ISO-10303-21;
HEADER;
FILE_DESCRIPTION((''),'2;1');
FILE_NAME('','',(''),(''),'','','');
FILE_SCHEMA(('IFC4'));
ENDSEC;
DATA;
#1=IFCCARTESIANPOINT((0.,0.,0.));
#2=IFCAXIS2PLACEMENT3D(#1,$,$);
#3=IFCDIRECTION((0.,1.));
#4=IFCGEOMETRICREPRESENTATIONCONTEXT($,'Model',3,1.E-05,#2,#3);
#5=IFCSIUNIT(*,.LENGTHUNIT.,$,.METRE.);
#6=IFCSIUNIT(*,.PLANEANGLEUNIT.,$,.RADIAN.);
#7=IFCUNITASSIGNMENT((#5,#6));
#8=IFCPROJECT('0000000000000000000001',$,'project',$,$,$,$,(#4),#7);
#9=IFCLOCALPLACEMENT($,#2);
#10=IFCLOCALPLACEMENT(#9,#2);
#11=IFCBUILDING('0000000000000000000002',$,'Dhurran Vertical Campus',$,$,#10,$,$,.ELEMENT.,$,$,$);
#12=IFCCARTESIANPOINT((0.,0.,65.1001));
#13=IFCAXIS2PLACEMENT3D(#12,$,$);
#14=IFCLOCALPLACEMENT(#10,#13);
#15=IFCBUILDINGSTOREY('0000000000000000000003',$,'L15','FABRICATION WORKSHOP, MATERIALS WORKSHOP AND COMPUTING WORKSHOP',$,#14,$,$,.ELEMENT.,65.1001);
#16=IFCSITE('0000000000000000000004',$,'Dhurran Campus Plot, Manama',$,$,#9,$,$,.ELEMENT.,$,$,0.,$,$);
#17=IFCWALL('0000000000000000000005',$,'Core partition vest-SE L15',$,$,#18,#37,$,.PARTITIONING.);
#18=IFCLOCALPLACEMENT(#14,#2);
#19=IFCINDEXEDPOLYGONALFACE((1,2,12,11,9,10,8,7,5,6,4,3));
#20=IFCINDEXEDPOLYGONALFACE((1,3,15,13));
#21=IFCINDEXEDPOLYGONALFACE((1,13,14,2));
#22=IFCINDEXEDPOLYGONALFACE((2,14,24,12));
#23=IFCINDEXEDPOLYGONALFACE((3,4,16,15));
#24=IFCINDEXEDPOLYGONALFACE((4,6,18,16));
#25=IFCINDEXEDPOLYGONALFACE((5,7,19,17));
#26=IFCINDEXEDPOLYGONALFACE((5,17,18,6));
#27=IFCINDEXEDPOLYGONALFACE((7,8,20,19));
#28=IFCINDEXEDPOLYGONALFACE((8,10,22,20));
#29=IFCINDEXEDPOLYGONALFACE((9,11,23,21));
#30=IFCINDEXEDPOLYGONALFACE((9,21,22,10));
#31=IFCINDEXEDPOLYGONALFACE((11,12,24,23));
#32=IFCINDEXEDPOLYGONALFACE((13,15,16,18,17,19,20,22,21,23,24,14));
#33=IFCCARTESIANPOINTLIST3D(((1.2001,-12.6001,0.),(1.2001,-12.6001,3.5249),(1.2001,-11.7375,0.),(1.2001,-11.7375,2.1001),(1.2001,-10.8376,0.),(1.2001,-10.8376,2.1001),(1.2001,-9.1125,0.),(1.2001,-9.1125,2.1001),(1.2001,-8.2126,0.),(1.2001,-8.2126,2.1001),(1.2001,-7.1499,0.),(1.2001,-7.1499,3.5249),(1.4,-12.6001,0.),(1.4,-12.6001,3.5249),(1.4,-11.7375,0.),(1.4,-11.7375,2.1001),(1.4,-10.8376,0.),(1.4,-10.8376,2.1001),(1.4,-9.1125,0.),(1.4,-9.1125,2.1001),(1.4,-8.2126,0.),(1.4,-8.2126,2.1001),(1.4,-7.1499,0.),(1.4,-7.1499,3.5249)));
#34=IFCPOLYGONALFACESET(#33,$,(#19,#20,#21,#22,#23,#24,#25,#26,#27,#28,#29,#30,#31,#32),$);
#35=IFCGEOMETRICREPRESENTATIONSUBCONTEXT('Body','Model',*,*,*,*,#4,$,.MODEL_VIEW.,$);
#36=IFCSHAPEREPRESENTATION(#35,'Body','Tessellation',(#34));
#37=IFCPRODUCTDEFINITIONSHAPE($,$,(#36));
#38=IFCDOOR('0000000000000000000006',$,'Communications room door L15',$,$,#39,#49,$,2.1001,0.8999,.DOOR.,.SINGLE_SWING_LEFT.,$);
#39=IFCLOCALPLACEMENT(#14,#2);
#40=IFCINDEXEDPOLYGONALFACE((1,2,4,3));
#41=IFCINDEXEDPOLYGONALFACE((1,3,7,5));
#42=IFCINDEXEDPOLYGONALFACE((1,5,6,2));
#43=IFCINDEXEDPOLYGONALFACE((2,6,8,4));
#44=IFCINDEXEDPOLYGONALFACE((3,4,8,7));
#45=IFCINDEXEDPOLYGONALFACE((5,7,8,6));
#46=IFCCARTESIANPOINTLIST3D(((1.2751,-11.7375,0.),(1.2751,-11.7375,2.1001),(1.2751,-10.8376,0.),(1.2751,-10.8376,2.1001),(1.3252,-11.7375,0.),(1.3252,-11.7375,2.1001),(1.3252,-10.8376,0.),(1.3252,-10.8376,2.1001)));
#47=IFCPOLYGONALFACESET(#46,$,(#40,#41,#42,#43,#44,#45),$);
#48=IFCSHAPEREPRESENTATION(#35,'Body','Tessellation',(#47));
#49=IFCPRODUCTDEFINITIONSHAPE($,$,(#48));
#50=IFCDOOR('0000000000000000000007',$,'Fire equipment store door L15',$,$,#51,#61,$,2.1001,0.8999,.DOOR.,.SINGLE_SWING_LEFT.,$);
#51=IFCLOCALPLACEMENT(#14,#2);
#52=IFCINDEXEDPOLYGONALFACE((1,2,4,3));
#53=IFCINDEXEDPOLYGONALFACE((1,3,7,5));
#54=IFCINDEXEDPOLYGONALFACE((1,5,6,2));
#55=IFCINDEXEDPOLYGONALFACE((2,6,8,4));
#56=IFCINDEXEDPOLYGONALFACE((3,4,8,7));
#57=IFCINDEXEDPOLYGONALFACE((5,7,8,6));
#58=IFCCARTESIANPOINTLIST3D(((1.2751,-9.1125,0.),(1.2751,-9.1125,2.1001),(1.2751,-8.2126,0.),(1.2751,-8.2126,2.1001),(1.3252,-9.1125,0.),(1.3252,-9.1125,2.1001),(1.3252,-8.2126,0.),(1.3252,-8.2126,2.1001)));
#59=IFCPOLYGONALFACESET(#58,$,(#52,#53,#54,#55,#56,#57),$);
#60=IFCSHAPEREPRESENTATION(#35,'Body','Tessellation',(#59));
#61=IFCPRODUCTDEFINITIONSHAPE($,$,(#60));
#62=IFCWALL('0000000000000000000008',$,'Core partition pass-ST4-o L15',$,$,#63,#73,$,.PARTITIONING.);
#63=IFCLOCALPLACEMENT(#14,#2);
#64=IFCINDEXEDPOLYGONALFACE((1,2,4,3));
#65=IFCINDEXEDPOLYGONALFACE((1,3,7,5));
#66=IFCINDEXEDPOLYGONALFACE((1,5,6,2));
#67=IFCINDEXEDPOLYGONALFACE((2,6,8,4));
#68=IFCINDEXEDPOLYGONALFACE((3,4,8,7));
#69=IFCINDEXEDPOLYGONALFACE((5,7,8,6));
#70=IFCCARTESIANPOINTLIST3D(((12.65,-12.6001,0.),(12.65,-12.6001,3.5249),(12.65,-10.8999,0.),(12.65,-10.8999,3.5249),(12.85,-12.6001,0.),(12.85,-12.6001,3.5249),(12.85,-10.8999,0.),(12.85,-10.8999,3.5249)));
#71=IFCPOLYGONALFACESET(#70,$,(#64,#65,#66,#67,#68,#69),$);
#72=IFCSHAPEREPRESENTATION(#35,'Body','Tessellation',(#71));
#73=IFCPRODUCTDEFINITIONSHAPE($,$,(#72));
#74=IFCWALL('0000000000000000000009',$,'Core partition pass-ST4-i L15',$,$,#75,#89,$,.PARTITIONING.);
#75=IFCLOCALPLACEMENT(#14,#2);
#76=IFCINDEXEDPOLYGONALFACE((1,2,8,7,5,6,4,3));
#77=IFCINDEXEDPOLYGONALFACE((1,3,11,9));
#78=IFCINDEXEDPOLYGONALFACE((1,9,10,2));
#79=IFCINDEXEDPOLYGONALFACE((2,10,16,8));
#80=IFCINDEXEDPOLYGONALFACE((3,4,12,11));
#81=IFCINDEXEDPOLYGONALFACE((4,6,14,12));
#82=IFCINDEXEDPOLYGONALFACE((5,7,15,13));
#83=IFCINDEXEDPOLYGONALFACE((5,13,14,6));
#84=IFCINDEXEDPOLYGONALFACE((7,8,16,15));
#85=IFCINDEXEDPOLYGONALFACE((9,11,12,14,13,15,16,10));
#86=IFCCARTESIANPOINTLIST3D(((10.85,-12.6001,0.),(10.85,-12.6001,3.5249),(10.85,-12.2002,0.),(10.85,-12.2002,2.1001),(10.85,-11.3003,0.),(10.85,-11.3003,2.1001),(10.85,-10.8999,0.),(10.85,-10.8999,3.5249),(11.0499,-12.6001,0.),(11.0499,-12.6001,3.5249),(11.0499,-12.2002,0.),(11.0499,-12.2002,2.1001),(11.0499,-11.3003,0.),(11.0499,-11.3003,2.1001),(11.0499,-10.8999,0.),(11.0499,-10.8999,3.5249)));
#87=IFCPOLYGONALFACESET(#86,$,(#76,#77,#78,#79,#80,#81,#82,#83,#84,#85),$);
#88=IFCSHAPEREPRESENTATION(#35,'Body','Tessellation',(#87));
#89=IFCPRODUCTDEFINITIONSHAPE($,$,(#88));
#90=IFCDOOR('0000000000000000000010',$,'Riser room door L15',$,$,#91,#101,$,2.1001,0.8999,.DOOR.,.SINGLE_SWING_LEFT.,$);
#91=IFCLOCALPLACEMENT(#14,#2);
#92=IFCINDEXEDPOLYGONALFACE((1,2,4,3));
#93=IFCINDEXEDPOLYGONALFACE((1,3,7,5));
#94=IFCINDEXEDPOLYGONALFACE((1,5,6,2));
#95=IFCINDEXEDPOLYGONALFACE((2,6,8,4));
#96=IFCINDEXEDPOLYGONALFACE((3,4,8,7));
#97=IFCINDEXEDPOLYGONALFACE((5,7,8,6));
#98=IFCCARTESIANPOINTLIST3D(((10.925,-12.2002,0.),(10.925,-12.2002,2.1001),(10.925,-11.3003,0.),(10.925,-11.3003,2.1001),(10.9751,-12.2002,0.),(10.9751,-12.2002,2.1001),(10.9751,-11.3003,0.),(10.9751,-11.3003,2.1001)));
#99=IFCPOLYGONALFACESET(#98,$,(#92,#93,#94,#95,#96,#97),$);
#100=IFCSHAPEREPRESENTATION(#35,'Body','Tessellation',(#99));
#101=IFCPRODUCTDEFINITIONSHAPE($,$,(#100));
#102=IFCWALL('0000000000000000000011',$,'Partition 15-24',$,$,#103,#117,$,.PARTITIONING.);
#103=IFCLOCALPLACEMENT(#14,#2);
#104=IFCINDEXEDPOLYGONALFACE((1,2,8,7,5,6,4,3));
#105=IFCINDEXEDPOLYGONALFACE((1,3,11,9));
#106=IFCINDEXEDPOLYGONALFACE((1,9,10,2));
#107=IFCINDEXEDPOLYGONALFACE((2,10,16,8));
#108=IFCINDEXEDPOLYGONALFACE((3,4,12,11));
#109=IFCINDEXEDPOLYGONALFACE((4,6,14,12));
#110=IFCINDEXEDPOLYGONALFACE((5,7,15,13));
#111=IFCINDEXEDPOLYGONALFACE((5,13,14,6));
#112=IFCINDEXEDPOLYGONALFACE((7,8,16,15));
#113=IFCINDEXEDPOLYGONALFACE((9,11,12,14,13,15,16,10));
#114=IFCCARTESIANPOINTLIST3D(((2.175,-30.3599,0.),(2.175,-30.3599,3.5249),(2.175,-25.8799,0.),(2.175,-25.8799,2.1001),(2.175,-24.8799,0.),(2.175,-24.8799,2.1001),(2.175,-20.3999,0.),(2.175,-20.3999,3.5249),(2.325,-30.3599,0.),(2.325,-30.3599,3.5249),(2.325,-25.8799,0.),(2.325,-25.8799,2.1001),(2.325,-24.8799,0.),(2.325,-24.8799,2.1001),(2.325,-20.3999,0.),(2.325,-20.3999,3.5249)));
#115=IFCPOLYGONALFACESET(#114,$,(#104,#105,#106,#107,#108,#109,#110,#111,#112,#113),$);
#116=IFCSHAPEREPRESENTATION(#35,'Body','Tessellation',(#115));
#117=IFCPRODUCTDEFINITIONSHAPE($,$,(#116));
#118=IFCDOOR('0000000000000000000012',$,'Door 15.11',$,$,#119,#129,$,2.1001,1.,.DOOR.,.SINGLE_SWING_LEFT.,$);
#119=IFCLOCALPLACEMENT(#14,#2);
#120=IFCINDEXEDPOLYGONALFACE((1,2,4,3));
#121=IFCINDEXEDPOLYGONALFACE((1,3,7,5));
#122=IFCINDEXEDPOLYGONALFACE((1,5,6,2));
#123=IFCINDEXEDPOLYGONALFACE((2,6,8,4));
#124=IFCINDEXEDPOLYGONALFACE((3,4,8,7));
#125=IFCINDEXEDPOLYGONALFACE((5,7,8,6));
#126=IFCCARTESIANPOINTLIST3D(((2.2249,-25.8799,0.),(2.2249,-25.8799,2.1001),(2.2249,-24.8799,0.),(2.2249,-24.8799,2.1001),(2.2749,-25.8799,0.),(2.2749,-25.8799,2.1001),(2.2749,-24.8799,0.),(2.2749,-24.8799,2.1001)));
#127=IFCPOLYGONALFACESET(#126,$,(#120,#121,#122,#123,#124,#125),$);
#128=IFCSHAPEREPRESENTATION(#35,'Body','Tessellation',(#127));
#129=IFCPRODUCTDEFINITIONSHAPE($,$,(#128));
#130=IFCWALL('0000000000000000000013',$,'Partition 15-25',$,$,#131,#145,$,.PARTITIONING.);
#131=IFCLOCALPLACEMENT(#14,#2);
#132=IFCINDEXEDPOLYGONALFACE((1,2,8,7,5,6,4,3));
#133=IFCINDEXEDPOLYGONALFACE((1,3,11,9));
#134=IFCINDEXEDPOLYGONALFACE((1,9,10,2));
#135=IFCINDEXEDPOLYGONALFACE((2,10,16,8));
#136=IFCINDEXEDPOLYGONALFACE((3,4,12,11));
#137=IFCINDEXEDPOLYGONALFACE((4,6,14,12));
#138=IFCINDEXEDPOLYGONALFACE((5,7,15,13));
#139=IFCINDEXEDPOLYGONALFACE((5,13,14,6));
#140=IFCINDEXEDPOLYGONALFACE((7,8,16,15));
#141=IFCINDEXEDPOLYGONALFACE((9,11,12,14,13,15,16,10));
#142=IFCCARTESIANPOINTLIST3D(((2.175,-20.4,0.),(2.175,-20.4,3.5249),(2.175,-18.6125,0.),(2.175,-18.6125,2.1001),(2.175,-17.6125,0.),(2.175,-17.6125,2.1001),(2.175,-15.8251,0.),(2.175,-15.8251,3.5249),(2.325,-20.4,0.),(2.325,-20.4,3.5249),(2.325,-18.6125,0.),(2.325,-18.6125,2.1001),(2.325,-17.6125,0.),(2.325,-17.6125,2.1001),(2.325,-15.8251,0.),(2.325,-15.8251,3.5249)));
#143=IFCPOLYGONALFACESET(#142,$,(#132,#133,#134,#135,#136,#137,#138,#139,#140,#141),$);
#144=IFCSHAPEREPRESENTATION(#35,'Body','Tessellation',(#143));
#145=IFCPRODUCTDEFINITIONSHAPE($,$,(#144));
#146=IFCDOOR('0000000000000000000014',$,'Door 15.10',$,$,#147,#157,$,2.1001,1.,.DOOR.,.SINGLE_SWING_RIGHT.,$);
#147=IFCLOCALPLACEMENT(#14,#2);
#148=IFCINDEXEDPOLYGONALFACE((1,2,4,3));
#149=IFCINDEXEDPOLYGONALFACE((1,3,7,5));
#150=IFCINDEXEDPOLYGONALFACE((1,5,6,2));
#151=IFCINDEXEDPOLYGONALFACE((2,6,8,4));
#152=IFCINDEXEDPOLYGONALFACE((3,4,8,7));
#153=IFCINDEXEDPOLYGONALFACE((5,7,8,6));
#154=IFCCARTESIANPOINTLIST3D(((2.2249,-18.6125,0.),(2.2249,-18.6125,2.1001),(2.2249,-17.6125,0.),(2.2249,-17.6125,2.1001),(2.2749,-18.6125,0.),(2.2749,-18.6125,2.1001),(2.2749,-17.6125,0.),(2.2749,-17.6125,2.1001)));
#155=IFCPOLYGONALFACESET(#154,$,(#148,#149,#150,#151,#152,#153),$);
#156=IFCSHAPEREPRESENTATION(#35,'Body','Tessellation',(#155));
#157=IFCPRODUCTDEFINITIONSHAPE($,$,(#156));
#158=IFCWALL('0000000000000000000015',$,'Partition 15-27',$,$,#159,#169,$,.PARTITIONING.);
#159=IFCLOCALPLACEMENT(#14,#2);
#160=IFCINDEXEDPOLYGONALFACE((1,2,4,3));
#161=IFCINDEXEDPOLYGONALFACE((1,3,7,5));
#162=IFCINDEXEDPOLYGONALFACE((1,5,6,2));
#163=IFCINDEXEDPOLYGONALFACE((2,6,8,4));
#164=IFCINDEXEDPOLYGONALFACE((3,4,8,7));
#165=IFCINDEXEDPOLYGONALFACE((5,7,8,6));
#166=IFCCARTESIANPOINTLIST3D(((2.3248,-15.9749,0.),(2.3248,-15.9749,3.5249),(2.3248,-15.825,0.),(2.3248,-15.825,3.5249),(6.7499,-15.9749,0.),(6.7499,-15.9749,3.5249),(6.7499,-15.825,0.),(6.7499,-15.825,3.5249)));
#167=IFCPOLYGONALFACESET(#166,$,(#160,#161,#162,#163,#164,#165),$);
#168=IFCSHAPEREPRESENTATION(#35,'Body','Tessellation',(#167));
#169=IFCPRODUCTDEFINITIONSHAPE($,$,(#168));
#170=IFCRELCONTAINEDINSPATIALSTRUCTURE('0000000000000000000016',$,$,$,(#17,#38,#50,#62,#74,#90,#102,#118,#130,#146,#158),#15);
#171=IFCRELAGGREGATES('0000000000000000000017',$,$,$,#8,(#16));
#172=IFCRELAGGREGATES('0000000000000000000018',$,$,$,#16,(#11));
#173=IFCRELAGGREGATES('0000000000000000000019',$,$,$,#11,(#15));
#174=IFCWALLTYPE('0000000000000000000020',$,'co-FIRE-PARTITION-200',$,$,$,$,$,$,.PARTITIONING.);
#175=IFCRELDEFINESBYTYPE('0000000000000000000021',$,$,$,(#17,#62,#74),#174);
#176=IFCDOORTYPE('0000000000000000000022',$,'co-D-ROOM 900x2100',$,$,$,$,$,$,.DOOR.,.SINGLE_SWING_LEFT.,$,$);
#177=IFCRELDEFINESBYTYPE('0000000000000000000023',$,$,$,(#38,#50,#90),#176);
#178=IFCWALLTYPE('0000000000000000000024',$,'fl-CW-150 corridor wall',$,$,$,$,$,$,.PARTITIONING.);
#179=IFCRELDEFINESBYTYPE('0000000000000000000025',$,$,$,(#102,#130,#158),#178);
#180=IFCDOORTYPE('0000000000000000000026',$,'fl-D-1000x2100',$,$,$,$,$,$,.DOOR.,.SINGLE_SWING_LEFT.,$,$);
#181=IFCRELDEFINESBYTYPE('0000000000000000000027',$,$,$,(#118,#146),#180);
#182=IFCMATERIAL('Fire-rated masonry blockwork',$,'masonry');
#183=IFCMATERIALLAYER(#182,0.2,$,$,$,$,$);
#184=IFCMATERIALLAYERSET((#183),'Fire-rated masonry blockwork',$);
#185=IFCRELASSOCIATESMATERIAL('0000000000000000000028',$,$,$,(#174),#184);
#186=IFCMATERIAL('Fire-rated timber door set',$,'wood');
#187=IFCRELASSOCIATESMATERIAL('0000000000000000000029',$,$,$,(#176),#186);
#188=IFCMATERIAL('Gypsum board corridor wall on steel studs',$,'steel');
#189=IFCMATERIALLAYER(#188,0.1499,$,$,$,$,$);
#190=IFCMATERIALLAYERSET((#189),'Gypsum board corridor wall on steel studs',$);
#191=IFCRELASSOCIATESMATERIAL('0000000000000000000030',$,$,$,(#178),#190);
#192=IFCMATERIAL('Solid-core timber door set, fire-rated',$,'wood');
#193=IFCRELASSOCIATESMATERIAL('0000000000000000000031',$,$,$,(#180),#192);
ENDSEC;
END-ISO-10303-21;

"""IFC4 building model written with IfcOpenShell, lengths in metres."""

from ifc_helpers import new_model, si_unit, direction, frame, frame_2d, origin, place, context, subcontext, project, spatial, rectangle, extrude, material, layer, layer_set, type_object, element, fill, save


model = new_model("IFC4")

# Units and contexts
model_context = context("Model", 3, precision=1e-05, world=origin(), true_north=direction((0.0, 1.0)))
body_context = subcontext(model_context, "Body", "Model", "MODEL_VIEW")
ifc_project = project(units=[si_unit("LENGTHUNIT", "METRE"), si_unit("PLANEANGLEUNIT", "RADIAN")], contexts=[model_context])

# Site, building, storey
site_placement = place(None, origin())
site = spatial("IfcSite", under=ifc_project, at=site_placement, Name="Dhurran Campus Plot, Manama", CompositionType="ELEMENT", RefElevation=0.0)
building_placement = place(site_placement, origin())
building = spatial("IfcBuilding", under=site, at=building_placement, Name="Dhurran Vertical Campus", CompositionType="ELEMENT")
storey_placement = place(building_placement, frame((0.0, 0.0, 65.1001)))
storey = spatial("IfcBuildingStorey", under=building, at=storey_placement, Name="L15", Description="FABRICATION WORKSHOP, MATERIALS WORKSHOP AND COMPUTING WORKSHOP", CompositionType="ELEMENT", Elevation=65.1001)

# Wall, openings, doors
ifc_material_1 = material(Name="Fire-rated masonry blockwork", Category="masonry")
ifc_layer_1 = layer(ifc_material_1, 0.2)
ifc_layer_set_1 = layer_set([ifc_layer_1], Name="Fire-rated masonry blockwork")
wall_type_1 = type_object("IfcWallType", Name="co-FIRE-PARTITION-200", PredefinedType="PARTITIONING", material=ifc_layer_set_1)
wall_1_placement = place(storey_placement, frame((1.3, -12.6001, 0.0), z_axis=(0.0, 0.0, 1.0), x_axis=(0.0, 1.0, 0.0)))
wall_1 = element("IfcWall", 1, at=wall_1_placement, inside=storey, type_object=wall_type_1, Name="Core partition vest-SE L15", PredefinedType="PARTITIONING", context=body_context, shape_type="SweptSolid", body=[
    extrude(rectangle(XDim=5.4502, YDim=0.2, at=frame_2d((2.7251, 0.0))), origin(), (0.0, 0.0, 1.0), 3.5249),
])
opening_1_placement = place(wall_1_placement, frame((0.8625, 0.0, 0.0)))
opening_1 = element("IfcOpeningElement", 2, at=opening_1_placement, cuts=wall_1, PredefinedType="OPENING", context=body_context, shape_type="SweptSolid", body=[
    extrude(rectangle(XDim=0.8999, YDim=2.1001, at=frame_2d((0.45, 1.05))), frame((0.0, 0.1099, 0.0), z_axis=(0.0, -1.0, 0.0), x_axis=(1.0, 0.0, 0.0)), (0.0, 0.0, 1.0), 0.22),
])
opening_2_placement = place(wall_1_placement, frame((3.4875, 0.0, 0.0)))
opening_2 = element("IfcOpeningElement", 3, at=opening_2_placement, cuts=wall_1, PredefinedType="OPENING", context=body_context, shape_type="SweptSolid", body=[
    extrude(rectangle(XDim=0.8999, YDim=2.1001, at=frame_2d((0.45, 1.05))), frame((0.0, 0.1099, 0.0), z_axis=(0.0, -1.0, 0.0), x_axis=(1.0, 0.0, 0.0)), (0.0, 0.0, 1.0), 0.22),
])
ifc_material_2 = material(Name="Fire-rated timber door set", Category="wood")
door_type_1 = type_object("IfcDoorType", Name="co-D-ROOM 900x2100", OperationType="SINGLE_SWING_LEFT", PredefinedType="DOOR", material=ifc_material_2)
door_1_placement = place(opening_1_placement, origin())
door_1 = element("IfcDoor", 4, at=door_1_placement, inside=storey, type_object=door_type_1, Name="Communications room door L15", OperationType="SINGLE_SWING_LEFT", OverallHeight=2.1001, OverallWidth=0.8999, PredefinedType="DOOR", context=body_context, shape_type="SweptSolid", body=[
    extrude(rectangle(XDim=0.8999, YDim=2.1001, at=frame_2d((0.45, 1.05))), frame((0.0, 0.0249, 0.0), z_axis=(0.0, -1.0, 0.0), x_axis=(1.0, 0.0, 0.0)), (0.0, 0.0, 1.0), 0.05),
])
fill(opening_1, door_1)
door_2_placement = place(opening_2_placement, origin())
door_2 = element("IfcDoor", 5, at=door_2_placement, inside=storey, type_object=door_type_1, Name="Fire equipment store door L15", OperationType="SINGLE_SWING_LEFT", OverallHeight=2.1001, OverallWidth=0.8999, PredefinedType="DOOR", context=body_context, shape_type="SweptSolid", body=[
    extrude(rectangle(XDim=0.8999, YDim=2.1001, at=frame_2d((0.45, 1.05))), frame((0.0, 0.0249, 0.0), z_axis=(0.0, -1.0, 0.0), x_axis=(1.0, 0.0, 0.0)), (0.0, 0.0, 1.0), 0.05),
])
fill(opening_2, door_2)

# Wall
wall_2_placement = place(storey_placement, frame((12.75, -12.6001, 0.0), z_axis=(0.0, 0.0, 1.0), x_axis=(0.0, 1.0, 0.0)))
element("IfcWall", 6, at=wall_2_placement, inside=storey, type_object=wall_type_1, Name="Core partition pass-ST4-o L15", PredefinedType="PARTITIONING", context=body_context, shape_type="SweptSolid", body=[
    extrude(rectangle(XDim=1.7002, YDim=0.2, at=frame_2d((0.8501, 0.0))), origin(), (0.0, 0.0, 1.0), 3.5249),
])

# Walls, openings, doors
wall_3_placement = place(storey_placement, frame((10.95, -12.6001, 0.0), z_axis=(0.0, 0.0, 1.0), x_axis=(0.0, 1.0, 0.0)))
wall_3 = element("IfcWall", 7, at=wall_3_placement, inside=storey, type_object=wall_type_1, Name="Core partition pass-ST4-i L15", PredefinedType="PARTITIONING", context=body_context, shape_type="SweptSolid", body=[
    extrude(rectangle(XDim=1.7002, YDim=0.2, at=frame_2d((0.8501, 0.0))), origin(), (0.0, 0.0, 1.0), 3.5249),
])
opening_3_placement = place(wall_3_placement, frame((0.3999, 0.0, 0.0)))
opening_3 = element("IfcOpeningElement", 8, at=opening_3_placement, cuts=wall_3, PredefinedType="OPENING", context=body_context, shape_type="SweptSolid", body=[
    extrude(rectangle(XDim=0.8999, YDim=2.1001, at=frame_2d((0.45, 1.05))), frame((0.0, 0.1099, 0.0), z_axis=(0.0, -1.0, 0.0), x_axis=(1.0, 0.0, 0.0)), (0.0, 0.0, 1.0), 0.22),
])
door_3_placement = place(opening_3_placement, origin())
door_3 = element("IfcDoor", 9, at=door_3_placement, inside=storey, type_object=door_type_1, Name="Riser room door L15", OperationType="SINGLE_SWING_LEFT", OverallHeight=2.1001, OverallWidth=0.8999, PredefinedType="DOOR", context=body_context, shape_type="SweptSolid", body=[
    extrude(rectangle(XDim=0.8999, YDim=2.1001, at=frame_2d((0.45, 1.05))), frame((0.0, 0.0249, 0.0), z_axis=(0.0, -1.0, 0.0), x_axis=(1.0, 0.0, 0.0)), (0.0, 0.0, 1.0), 0.05),
])
fill(opening_3, door_3)
ifc_material_3 = material(Name="Gypsum board corridor wall on steel studs", Category="steel")
ifc_layer_2 = layer(ifc_material_3, 0.1499)
ifc_layer_set_2 = layer_set([ifc_layer_2], Name="Gypsum board corridor wall on steel studs")
wall_type_2 = type_object("IfcWallType", Name="fl-CW-150 corridor wall", PredefinedType="PARTITIONING", material=ifc_layer_set_2)
wall_4_placement = place(storey_placement, frame((2.25, -20.3999, 0.0), z_axis=(0.0, 0.0, 1.0), x_axis=(0.0, -1.0, 0.0)))
wall_4 = element("IfcWall", 10, at=wall_4_placement, inside=storey, type_object=wall_type_2, Name="Partition 15-24", PredefinedType="PARTITIONING", context=body_context, shape_type="SweptSolid", body=[
    extrude(rectangle(XDim=9.96, YDim=0.1499, at=frame_2d((4.98, 0.0))), origin(), (0.0, 0.0, 1.0), 3.5249),
])
opening_4_placement = place(wall_4_placement, frame((4.48, 0.0, 0.0)))
opening_4 = element("IfcOpeningElement", 11, at=opening_4_placement, cuts=wall_4, PredefinedType="OPENING", context=body_context, shape_type="SweptSolid", body=[
    extrude(rectangle(XDim=1.0, YDim=2.1001, at=frame_2d((0.5, 1.05))), frame((0.0, 0.085, 0.0), z_axis=(0.0, -1.0, 0.0), x_axis=(1.0, 0.0, 0.0)), (0.0, 0.0, 1.0), 0.1699),
])
ifc_material_4 = material(Name="Solid-core timber door set, fire-rated", Category="wood")
door_type_2 = type_object("IfcDoorType", Name="fl-D-1000x2100", OperationType="SINGLE_SWING_LEFT", PredefinedType="DOOR", material=ifc_material_4)
door_4_placement = place(opening_4_placement, origin())
door_4 = element("IfcDoor", 12, at=door_4_placement, inside=storey, type_object=door_type_2, Name="Door 15.11", OperationType="SINGLE_SWING_LEFT", OverallHeight=2.1001, OverallWidth=1.0, PredefinedType="DOOR", context=body_context, shape_type="SweptSolid", body=[
    extrude(rectangle(XDim=1.0, YDim=2.1001, at=frame_2d((0.5, 1.05))), frame((0.0, 0.0249, 0.0), z_axis=(0.0, -1.0, 0.0), x_axis=(1.0, 0.0, 0.0)), (0.0, 0.0, 1.0), 0.05),
])
fill(opening_4, door_4)
wall_5_placement = place(storey_placement, frame((2.25, -15.825, 0.0), z_axis=(0.0, 0.0, 1.0), x_axis=(0.0, -1.0, 0.0)))
wall_5 = element("IfcWall", 13, at=wall_5_placement, inside=storey, type_object=wall_type_2, Name="Partition 15-25", PredefinedType="PARTITIONING", context=body_context, shape_type="SweptSolid", body=[
    extrude(rectangle(XDim=4.575, YDim=0.1499, at=frame_2d((2.2876, 0.0))), origin(), (0.0, 0.0, 1.0), 3.5249),
])
opening_5_placement = place(wall_5_placement, frame((1.7876, 0.0, 0.0)))
opening_5 = element("IfcOpeningElement", 14, at=opening_5_placement, cuts=wall_5, PredefinedType="OPENING", context=body_context, shape_type="SweptSolid", body=[
    extrude(rectangle(XDim=1.0, YDim=2.1001, at=frame_2d((0.5, 1.05))), frame((0.0, 0.085, 0.0), z_axis=(0.0, -1.0, 0.0), x_axis=(1.0, 0.0, 0.0)), (0.0, 0.0, 1.0), 0.1699),
])
door_5_placement = place(opening_5_placement, origin())
door_5 = element("IfcDoor", 15, at=door_5_placement, inside=storey, type_object=door_type_2, Name="Door 15.10", OperationType="SINGLE_SWING_RIGHT", OverallHeight=2.1001, OverallWidth=1.0, PredefinedType="DOOR", context=body_context, shape_type="SweptSolid", body=[
    extrude(rectangle(XDim=1.0, YDim=2.1001, at=frame_2d((0.5, 1.05))), frame((0.0, 0.0249, 0.0), z_axis=(0.0, -1.0, 0.0), x_axis=(1.0, 0.0, 0.0)), (0.0, 0.0, 1.0), 0.05),
])
fill(opening_5, door_5)

# Wall
wall_6_placement = place(storey_placement, frame((2.325, -15.8999, 0.0), z_axis=(0.0, 0.0, 1.0), x_axis=(1.0, 0.0, 0.0)))
element("IfcWall", 16, at=wall_6_placement, inside=storey, type_object=wall_type_2, Name="Partition 15-27", PredefinedType="PARTITIONING", context=body_context, shape_type="SweptSolid", body=[
    extrude(rectangle(XDim=4.425, YDim=0.1499, at=frame_2d((2.2124, 0.0))), origin(), (0.0, 0.0, 1.0), 3.5249),
])

save(model, "model.ifc")
